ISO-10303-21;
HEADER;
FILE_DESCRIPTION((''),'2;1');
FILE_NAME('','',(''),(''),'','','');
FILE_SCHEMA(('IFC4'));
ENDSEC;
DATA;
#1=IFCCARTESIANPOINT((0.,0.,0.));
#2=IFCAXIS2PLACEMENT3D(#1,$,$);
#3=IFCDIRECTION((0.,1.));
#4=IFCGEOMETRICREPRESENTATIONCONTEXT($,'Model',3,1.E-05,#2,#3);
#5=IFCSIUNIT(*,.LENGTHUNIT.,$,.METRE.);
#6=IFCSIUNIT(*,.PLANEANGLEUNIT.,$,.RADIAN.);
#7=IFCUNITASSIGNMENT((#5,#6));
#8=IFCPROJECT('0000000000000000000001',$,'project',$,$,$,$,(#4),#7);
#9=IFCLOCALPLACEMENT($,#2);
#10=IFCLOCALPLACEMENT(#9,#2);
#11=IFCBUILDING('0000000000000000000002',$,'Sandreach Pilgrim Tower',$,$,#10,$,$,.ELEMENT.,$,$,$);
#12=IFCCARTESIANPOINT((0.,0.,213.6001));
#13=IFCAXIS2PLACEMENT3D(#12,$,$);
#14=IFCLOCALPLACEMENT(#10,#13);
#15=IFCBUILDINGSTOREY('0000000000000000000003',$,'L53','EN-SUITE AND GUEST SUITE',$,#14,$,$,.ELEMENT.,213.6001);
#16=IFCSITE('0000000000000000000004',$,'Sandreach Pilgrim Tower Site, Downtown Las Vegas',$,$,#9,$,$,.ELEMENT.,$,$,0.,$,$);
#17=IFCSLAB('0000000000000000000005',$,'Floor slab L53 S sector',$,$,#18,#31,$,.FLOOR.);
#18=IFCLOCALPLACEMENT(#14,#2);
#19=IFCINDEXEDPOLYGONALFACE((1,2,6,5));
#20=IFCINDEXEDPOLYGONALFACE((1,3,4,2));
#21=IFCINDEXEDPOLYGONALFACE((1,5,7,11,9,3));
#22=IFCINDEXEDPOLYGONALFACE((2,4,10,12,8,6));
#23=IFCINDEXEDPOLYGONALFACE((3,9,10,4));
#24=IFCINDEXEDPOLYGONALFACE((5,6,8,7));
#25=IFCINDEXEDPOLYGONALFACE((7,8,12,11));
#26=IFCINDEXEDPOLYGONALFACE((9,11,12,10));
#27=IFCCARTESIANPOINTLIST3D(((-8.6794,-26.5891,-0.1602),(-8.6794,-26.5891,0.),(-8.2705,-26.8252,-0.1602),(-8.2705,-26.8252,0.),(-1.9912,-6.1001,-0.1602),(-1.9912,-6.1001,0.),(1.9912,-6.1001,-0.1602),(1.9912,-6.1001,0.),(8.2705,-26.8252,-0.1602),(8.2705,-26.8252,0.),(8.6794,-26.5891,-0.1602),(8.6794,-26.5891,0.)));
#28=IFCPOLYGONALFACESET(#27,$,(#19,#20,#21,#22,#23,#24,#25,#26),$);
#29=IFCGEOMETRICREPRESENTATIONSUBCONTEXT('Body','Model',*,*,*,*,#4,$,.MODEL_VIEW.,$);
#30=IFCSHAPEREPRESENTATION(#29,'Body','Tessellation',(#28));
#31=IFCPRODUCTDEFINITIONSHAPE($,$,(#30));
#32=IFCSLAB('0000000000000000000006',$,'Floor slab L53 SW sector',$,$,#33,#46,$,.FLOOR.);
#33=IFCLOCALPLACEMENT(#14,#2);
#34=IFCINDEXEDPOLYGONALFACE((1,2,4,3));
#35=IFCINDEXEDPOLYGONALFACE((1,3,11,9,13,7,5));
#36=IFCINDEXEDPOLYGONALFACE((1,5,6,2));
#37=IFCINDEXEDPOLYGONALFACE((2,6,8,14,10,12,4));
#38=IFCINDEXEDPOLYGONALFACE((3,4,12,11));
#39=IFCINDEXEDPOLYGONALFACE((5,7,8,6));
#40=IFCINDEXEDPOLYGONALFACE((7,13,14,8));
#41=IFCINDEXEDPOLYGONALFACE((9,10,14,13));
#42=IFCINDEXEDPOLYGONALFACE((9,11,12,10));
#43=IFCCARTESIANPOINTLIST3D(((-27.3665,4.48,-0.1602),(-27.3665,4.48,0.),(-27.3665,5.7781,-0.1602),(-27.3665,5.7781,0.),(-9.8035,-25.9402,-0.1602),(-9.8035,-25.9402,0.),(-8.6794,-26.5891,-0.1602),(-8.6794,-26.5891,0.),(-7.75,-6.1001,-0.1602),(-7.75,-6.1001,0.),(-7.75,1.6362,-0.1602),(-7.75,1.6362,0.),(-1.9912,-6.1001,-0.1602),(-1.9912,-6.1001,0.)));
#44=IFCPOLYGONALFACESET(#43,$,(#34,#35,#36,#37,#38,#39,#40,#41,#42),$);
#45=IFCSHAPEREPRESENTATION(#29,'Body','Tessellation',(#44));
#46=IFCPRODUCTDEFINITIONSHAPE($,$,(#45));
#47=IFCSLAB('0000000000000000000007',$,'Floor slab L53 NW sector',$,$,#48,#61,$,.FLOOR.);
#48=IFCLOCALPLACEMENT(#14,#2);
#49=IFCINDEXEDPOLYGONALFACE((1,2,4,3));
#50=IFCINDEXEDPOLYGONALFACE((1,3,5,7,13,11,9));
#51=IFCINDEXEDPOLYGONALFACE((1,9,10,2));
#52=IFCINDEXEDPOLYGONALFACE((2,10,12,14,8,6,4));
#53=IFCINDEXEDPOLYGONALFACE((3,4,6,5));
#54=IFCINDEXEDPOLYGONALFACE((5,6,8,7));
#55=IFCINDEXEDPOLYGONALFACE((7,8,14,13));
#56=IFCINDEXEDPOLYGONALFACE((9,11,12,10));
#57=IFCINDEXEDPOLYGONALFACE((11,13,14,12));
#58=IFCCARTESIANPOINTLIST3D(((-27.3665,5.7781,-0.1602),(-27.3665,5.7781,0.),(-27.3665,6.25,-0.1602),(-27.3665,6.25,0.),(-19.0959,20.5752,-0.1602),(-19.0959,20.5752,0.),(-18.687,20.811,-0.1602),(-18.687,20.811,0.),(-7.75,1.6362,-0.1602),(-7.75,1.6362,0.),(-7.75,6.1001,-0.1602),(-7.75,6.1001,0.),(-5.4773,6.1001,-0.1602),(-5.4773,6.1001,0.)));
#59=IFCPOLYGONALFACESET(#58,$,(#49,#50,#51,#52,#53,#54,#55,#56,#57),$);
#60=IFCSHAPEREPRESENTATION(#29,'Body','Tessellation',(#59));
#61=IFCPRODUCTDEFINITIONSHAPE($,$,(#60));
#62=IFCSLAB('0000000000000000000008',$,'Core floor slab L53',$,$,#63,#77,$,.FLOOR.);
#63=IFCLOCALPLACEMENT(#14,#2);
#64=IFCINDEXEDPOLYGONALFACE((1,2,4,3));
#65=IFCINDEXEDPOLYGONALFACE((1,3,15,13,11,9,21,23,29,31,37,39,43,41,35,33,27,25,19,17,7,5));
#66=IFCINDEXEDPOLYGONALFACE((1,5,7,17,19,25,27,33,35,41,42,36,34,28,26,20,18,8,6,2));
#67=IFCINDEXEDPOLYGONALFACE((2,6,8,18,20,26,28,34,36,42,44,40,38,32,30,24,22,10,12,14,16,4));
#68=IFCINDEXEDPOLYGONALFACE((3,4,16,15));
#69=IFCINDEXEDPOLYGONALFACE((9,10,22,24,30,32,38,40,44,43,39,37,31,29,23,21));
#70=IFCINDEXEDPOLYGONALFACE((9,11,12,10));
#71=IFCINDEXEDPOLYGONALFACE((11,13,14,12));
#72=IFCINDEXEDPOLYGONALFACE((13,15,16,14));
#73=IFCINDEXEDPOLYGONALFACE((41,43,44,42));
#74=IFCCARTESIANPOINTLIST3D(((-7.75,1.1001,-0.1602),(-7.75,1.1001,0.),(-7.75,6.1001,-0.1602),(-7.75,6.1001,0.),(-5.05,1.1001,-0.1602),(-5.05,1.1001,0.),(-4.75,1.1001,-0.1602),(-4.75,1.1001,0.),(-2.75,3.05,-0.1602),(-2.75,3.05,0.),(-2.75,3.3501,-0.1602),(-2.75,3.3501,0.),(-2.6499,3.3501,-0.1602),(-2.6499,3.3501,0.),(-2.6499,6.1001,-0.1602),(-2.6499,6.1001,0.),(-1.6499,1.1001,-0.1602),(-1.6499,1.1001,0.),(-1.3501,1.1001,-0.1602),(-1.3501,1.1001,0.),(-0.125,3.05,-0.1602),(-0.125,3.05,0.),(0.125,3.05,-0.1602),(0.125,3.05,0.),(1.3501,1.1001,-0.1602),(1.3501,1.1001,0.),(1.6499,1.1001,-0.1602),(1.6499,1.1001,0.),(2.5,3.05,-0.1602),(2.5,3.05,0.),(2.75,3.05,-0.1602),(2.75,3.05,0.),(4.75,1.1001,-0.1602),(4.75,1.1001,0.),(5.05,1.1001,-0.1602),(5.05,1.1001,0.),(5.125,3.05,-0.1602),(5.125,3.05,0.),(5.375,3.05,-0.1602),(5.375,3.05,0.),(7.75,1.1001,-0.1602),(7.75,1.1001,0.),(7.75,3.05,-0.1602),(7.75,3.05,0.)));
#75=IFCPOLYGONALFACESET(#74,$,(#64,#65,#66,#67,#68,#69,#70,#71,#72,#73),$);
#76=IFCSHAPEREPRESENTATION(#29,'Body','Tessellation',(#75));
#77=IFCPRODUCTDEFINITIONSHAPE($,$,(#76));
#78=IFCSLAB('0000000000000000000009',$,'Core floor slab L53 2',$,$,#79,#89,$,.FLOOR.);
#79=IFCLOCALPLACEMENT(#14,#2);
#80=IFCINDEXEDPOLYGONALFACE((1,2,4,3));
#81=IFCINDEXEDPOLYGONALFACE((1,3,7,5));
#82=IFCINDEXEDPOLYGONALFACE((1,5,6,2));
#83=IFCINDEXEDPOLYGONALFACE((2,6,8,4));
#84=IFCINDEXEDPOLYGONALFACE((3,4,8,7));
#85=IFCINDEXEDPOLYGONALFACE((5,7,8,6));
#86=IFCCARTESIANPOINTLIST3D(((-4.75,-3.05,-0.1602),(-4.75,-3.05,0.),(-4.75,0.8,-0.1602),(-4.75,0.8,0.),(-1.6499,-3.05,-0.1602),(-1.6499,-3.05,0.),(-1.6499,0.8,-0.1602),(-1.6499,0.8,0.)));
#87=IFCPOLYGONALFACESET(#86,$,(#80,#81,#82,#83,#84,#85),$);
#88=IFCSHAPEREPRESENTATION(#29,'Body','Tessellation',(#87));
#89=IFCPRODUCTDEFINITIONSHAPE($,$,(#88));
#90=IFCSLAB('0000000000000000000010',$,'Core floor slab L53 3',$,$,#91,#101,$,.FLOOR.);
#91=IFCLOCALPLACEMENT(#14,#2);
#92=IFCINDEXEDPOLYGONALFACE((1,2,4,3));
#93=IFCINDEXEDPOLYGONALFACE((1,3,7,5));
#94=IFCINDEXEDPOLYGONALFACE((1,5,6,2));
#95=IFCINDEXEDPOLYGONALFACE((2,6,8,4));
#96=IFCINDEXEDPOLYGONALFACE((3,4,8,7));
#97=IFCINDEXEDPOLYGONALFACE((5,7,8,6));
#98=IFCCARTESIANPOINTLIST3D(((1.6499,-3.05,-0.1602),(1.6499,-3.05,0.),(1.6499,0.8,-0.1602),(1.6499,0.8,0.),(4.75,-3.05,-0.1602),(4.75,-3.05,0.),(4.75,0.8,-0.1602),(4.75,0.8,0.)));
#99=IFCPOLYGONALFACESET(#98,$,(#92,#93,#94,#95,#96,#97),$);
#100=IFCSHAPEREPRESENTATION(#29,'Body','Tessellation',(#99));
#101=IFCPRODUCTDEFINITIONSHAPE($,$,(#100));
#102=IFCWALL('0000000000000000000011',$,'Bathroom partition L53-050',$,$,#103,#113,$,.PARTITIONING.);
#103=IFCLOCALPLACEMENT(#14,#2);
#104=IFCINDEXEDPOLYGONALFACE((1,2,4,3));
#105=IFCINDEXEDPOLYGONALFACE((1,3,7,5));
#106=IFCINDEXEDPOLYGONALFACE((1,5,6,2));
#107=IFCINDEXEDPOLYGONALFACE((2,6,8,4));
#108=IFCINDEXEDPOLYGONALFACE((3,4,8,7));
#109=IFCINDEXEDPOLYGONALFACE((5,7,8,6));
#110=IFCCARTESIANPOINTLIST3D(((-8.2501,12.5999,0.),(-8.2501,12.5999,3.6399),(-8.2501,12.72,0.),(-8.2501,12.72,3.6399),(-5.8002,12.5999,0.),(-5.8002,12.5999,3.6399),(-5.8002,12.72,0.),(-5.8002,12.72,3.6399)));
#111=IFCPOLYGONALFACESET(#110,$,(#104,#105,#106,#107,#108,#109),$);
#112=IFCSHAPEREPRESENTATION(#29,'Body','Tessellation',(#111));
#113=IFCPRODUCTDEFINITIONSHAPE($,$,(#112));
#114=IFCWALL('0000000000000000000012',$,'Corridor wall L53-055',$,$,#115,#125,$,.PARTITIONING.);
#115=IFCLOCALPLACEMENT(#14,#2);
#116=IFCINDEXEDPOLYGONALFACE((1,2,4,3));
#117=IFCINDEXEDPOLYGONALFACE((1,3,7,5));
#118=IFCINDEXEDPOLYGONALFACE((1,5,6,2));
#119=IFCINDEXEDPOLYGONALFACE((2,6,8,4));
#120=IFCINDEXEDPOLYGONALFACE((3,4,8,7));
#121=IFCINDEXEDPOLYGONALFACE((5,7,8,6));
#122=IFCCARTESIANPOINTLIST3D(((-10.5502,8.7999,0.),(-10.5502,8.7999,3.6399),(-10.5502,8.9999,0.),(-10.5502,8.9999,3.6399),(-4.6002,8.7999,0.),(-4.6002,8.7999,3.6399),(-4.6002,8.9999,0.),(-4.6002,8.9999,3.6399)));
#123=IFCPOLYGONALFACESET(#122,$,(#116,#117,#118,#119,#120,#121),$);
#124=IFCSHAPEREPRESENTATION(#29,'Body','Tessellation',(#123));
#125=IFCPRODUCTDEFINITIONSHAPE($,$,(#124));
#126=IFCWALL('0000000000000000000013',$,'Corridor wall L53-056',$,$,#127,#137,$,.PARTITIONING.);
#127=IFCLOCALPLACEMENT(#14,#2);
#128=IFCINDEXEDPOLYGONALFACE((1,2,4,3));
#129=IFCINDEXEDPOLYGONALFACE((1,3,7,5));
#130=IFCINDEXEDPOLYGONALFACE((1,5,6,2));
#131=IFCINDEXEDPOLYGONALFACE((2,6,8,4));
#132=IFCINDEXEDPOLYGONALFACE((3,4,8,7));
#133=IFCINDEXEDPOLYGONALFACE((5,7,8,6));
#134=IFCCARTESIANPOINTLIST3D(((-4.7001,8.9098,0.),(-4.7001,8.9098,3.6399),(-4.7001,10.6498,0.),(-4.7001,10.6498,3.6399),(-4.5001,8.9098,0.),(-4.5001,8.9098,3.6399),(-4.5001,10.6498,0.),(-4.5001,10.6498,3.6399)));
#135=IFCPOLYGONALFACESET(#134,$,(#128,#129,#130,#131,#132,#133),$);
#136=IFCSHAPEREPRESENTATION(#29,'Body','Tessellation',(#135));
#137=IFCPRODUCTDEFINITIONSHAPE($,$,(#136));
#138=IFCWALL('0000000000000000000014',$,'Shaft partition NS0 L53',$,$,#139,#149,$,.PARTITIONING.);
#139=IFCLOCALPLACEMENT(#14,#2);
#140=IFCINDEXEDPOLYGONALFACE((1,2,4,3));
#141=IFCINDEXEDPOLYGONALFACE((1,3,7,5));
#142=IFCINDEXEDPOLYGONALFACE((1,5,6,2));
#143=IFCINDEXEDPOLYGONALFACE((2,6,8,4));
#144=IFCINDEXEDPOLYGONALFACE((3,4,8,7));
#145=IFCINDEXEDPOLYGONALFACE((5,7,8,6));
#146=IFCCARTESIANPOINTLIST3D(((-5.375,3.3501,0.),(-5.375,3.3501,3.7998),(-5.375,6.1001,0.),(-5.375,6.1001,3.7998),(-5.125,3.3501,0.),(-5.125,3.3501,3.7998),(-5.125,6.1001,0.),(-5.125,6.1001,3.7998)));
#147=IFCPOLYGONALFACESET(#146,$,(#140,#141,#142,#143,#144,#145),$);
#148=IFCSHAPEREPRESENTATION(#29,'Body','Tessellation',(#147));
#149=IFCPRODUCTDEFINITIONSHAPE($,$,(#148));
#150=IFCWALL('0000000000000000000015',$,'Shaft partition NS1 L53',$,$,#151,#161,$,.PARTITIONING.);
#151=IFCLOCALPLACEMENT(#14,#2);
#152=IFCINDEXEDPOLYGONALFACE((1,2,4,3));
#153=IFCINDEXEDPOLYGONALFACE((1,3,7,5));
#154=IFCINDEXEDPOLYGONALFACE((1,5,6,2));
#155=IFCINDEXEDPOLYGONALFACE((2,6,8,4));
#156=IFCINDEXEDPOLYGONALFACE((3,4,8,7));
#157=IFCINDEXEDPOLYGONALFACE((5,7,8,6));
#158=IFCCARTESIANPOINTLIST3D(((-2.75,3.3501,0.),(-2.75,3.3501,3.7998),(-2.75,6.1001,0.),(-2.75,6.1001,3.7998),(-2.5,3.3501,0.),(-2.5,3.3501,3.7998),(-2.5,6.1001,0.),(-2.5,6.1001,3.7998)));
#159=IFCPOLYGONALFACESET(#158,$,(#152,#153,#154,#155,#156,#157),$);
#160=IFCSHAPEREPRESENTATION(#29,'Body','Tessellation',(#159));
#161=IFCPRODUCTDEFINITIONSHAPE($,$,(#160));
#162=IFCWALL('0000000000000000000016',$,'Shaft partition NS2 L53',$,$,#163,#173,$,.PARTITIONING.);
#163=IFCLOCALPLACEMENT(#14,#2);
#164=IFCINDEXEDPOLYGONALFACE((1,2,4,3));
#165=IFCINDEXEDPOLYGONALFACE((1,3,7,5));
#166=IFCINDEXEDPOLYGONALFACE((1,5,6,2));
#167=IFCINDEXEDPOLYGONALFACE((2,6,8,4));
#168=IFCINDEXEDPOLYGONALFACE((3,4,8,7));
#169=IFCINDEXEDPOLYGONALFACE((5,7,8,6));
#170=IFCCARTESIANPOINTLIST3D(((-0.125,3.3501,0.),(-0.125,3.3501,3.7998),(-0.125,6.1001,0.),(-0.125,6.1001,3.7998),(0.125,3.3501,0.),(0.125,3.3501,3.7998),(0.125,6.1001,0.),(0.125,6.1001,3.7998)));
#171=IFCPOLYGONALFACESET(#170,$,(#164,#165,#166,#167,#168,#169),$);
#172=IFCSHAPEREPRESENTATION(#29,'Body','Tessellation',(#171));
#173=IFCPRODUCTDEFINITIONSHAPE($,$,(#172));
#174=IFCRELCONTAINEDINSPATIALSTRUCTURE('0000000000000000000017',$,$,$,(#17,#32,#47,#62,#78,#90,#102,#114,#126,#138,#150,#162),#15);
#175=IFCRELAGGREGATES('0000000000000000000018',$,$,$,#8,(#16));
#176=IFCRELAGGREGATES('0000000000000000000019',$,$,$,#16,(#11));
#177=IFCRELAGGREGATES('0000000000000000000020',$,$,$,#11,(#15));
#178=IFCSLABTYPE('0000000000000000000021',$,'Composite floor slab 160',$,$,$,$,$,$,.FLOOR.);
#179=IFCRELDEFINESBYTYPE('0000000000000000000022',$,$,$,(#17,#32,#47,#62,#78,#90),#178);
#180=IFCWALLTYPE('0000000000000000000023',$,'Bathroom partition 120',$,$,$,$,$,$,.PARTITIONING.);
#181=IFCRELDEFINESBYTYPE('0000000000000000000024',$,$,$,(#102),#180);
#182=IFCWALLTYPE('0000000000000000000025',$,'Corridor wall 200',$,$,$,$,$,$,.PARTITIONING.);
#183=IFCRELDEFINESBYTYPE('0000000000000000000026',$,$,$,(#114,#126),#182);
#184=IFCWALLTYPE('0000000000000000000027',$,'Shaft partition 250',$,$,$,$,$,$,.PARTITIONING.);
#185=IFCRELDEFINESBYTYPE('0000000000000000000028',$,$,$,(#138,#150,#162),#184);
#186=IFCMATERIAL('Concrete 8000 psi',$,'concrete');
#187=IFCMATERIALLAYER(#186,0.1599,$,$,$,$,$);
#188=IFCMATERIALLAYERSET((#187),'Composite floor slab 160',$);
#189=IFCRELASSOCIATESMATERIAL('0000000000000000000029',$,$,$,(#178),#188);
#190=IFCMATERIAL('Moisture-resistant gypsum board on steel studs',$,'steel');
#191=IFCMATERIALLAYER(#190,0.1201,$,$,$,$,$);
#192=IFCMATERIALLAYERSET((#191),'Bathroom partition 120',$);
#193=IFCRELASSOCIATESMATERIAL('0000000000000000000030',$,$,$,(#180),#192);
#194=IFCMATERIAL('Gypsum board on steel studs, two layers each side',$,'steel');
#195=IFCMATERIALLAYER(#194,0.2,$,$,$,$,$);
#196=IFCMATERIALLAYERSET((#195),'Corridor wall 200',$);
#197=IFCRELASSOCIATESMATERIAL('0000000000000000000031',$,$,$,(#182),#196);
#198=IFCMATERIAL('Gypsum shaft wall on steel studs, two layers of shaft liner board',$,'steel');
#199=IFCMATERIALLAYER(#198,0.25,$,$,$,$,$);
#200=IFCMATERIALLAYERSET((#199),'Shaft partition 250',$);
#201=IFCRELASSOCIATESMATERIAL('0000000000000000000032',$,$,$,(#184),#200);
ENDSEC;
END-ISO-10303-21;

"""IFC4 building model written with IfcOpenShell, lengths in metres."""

from ifc_helpers import new_model, si_unit, direction, frame, frame_2d, origin, place, context, subcontext, project, spatial, polyline, rectangle, outline, extrude, material, layer, layer_set, type_object, element, save


model = new_model("IFC4")

# Units and contexts
model_context = context("Model", 3, precision=1e-05, world=origin(), true_north=direction((0.0, 1.0)))
body_context = subcontext(model_context, "Body", "Model", "MODEL_VIEW")
ifc_project = project(units=[si_unit("LENGTHUNIT", "METRE"), si_unit("PLANEANGLEUNIT", "RADIAN")], contexts=[model_context])

# Site, building, storey
site_placement = place(None, origin())
site = spatial("IfcSite", under=ifc_project, at=site_placement, Name="Sandreach Pilgrim Tower Site, Downtown Las Vegas", CompositionType="ELEMENT", RefElevation=0.0)
building_placement = place(site_placement, origin())
building = spatial("IfcBuilding", under=site, at=building_placement, Name="Sandreach Pilgrim Tower", CompositionType="ELEMENT")
storey_placement = place(building_placement, frame((0.0, 0.0, 213.6001)))
storey = spatial("IfcBuildingStorey", under=building, at=storey_placement, Name="L53", Description="EN-SUITE AND GUEST SUITE", CompositionType="ELEMENT", Elevation=213.6001)

# Slabs
ifc_material_1 = material(Name="Concrete 8000 psi", Category="concrete")
ifc_layer_1 = layer(ifc_material_1, 0.1599)
ifc_layer_set_1 = layer_set([ifc_layer_1], Name="Composite floor slab 160")
slab_type = type_object("IfcSlabType", Name="Composite floor slab 160", PredefinedType="FLOOR", material=ifc_layer_set_1)
slab_1_placement = place(storey_placement, frame((0.0, 0.0, -0.1602)))
element("IfcSlab", 1, at=slab_1_placement, inside=storey, type_object=slab_type, Name="Floor slab L53 S sector", PredefinedType="FLOOR", context=body_context, shape_type="SweptSolid", body=[
    extrude(outline(polyline([(8.2705, -26.8252), (-8.2705, -26.8252), (-8.6794, -26.5891), (-1.9912, -6.1001), (1.9912, -6.1001), (8.6794, -26.5891), (8.2705, -26.8252)])), origin(), (0.0, 0.0, 1.0), 0.1602),
])
slab_2_placement = place(storey_placement, frame((0.0, 0.0, -0.1602)))
element("IfcSlab", 2, at=slab_2_placement, inside=storey, type_object=slab_type, Name="Floor slab L53 SW sector", PredefinedType="FLOOR", context=body_context, shape_type="SweptSolid", body=[
    extrude(outline(polyline([(-9.8035, -25.9402), (-27.3665, 4.48), (-27.3665, 5.7781), (-7.75, 1.6362), (-7.75, -6.1001), (-1.9912, -6.1001), (-8.6794, -26.5891), (-9.8035, -25.9402)])), origin(), (0.0, 0.0, 1.0), 0.1602),
])
slab_3_placement = place(storey_placement, frame((0.0, 0.0, -0.1602)))
element("IfcSlab", 3, at=slab_3_placement, inside=storey, type_object=slab_type, Name="Floor slab L53 NW sector", PredefinedType="FLOOR", context=body_context, shape_type="SweptSolid", body=[
    extrude(outline(polyline([(-27.3665, 6.25), (-19.0959, 20.5752), (-18.687, 20.811), (-5.4773, 6.1001), (-7.75, 6.1001), (-7.75, 1.6362), (-27.3665, 5.7781), (-27.3665, 6.25)])), origin(), (0.0, 0.0, 1.0), 0.1602),
])
slab_4_placement = place(storey_placement, frame((0.0, 0.0, -0.1602)))
element("IfcSlab", 4, at=slab_4_placement, inside=storey, type_object=slab_type, Name="Core floor slab L53", PredefinedType="FLOOR", context=body_context, shape_type="SweptSolid", body=[
    extrude(outline(polyline([(-2.75, 3.3501), (-2.75, 3.05), (-0.125, 3.05), (0.125, 3.05), (2.5, 3.05), (2.75, 3.05), (5.125, 3.05), (5.375, 3.05), (7.75, 3.05), (7.75, 1.1001), (5.05, 1.1001), (4.75, 1.1001), (1.6499, 1.1001), (1.3501, 1.1001), (-1.3501, 1.1001), (-1.6499, 1.1001), (-4.75, 1.1001), (-5.05, 1.1001), (-7.75, 1.1001), (-7.75, 6.1001), (-2.6499, 6.1001), (-2.6499, 3.3501), (-2.75, 3.3501)])), origin(), (0.0, 0.0, 1.0), 0.1602),
])
slab_5_placement = place(storey_placement, frame((0.0, 0.0, -0.1602)))
element("IfcSlab", 5, at=slab_5_placement, inside=storey, type_object=slab_type, Name="Core floor slab L53 2", PredefinedType="FLOOR", context=body_context, shape_type="SweptSolid", body=[
    extrude(outline(polyline([(-1.6499, -3.05), (-4.75, -3.05), (-4.75, 0.8), (-1.6499, 0.8), (-1.6499, -3.05)])), origin(), (0.0, 0.0, 1.0), 0.1602),
])
slab_6_placement = place(storey_placement, frame((0.0, 0.0, -0.1602)))
element("IfcSlab", 6, at=slab_6_placement, inside=storey, type_object=slab_type, Name="Core floor slab L53 3", PredefinedType="FLOOR", context=body_context, shape_type="SweptSolid", body=[
    extrude(outline(polyline([(4.75, -3.05), (1.6499, -3.05), (1.6499, 0.8), (4.75, 0.8), (4.75, -3.05)])), origin(), (0.0, 0.0, 1.0), 0.1602),
])

# Wall
ifc_material_2 = material(Name="Moisture-resistant gypsum board on steel studs", Category="steel")
ifc_layer_2 = layer(ifc_material_2, 0.1201)
ifc_layer_set_2 = layer_set([ifc_layer_2], Name="Bathroom partition 120")
wall_type_1 = type_object("IfcWallType", Name="Bathroom partition 120", PredefinedType="PARTITIONING", material=ifc_layer_set_2)
wall_1_placement = place(storey_placement, frame((-5.8, 12.6599, 0.0), z_axis=(0.0, 0.0, 1.0), x_axis=(-1.0, 0.0, 0.0)))
element("IfcWall", 7, at=wall_1_placement, inside=storey, type_object=wall_type_1, Name="Bathroom partition L53-050", PredefinedType="PARTITIONING", context=body_context, shape_type="SweptSolid", body=[
    extrude(rectangle(XDim=2.45, YDim=0.1201, at=frame_2d((1.2251, 0.0))), origin(), (0.0, 0.0, 1.0), 3.6399),
])

# Shared definitions
ifc_material_3 = material(Name="Gypsum board on steel studs, two layers each side", Category="steel")
ifc_layer_3 = layer(ifc_material_3, 0.2)
ifc_layer_set_3 = layer_set([ifc_layer_3], Name="Corridor wall 200")
wall_type_2 = type_object("IfcWallType", Name="Corridor wall 200", PredefinedType="PARTITIONING", material=ifc_layer_set_3)

# Walls
wall_2_placement = place(storey_placement, frame((-4.6001, 8.8999, 0.0), z_axis=(0.0, 0.0, 1.0), x_axis=(-1.0, 0.0, 0.0)))
element("IfcWall", 8, at=wall_2_placement, inside=storey, type_object=wall_type_2, Name="Corridor wall L53-055", PredefinedType="PARTITIONING", context=body_context, shape_type="SweptSolid", body=[
    extrude(rectangle(XDim=5.95, YDim=0.2, at=frame_2d((2.9751, 0.0))), origin(), (0.0, 0.0, 1.0), 3.6399),
])
wall_3_placement = place(storey_placement, frame((-4.6001, 10.6499, 0.0), z_axis=(0.0, 0.0, 1.0), x_axis=(0.0, -1.0, 0.0)))
element("IfcWall", 9, at=wall_3_placement, inside=storey, type_object=wall_type_2, Name="Corridor wall L53-056", PredefinedType="PARTITIONING", context=body_context, shape_type="SweptSolid", body=[
    extrude(rectangle(XDim=1.74, YDim=0.2, at=frame_2d((0.8701, 0.0))), origin(), (0.0, 0.0, 1.0), 3.6399),
])
ifc_material_4 = material(Name="Gypsum shaft wall on steel studs, two layers of shaft liner board", Category="steel")
ifc_layer_4 = layer(ifc_material_4, 0.25)
ifc_layer_set_4 = layer_set([ifc_layer_4], Name="Shaft partition 250")
wall_type_3 = type_object("IfcWallType", Name="Shaft partition 250", PredefinedType="PARTITIONING", material=ifc_layer_set_4)
for number, where, z_axis, x_axis, name in (
    (10, (-5.25, 3.3501, 0.0), (0.0, 0.0, 1.0), (0.0, 1.0, 0.0), "Shaft partition NS0 L53"),
    (11, (-2.625, 3.3501, 0.0), (0.0, 0.0, 1.0), (0.0, 1.0, 0.0), "Shaft partition NS1 L53"),
    (12, (0.0, 3.3501, 0.0), (0.0, 0.0, 1.0), (0.0, 1.0, 0.0), "Shaft partition NS2 L53"),
):
    element("IfcWall", number, at=place(storey_placement, frame(where, z_axis=z_axis, x_axis=x_axis)), inside=storey, type_object=wall_type_3, Name=name, PredefinedType="PARTITIONING", context=body_context, shape_type="SweptSolid", body=[
        extrude(rectangle(XDim=2.75, YDim=0.25, at=frame_2d((1.375, 0.0))), origin(), (0.0, 0.0, 1.0), 3.7998),
    ])

save(model, "model.ifc")
